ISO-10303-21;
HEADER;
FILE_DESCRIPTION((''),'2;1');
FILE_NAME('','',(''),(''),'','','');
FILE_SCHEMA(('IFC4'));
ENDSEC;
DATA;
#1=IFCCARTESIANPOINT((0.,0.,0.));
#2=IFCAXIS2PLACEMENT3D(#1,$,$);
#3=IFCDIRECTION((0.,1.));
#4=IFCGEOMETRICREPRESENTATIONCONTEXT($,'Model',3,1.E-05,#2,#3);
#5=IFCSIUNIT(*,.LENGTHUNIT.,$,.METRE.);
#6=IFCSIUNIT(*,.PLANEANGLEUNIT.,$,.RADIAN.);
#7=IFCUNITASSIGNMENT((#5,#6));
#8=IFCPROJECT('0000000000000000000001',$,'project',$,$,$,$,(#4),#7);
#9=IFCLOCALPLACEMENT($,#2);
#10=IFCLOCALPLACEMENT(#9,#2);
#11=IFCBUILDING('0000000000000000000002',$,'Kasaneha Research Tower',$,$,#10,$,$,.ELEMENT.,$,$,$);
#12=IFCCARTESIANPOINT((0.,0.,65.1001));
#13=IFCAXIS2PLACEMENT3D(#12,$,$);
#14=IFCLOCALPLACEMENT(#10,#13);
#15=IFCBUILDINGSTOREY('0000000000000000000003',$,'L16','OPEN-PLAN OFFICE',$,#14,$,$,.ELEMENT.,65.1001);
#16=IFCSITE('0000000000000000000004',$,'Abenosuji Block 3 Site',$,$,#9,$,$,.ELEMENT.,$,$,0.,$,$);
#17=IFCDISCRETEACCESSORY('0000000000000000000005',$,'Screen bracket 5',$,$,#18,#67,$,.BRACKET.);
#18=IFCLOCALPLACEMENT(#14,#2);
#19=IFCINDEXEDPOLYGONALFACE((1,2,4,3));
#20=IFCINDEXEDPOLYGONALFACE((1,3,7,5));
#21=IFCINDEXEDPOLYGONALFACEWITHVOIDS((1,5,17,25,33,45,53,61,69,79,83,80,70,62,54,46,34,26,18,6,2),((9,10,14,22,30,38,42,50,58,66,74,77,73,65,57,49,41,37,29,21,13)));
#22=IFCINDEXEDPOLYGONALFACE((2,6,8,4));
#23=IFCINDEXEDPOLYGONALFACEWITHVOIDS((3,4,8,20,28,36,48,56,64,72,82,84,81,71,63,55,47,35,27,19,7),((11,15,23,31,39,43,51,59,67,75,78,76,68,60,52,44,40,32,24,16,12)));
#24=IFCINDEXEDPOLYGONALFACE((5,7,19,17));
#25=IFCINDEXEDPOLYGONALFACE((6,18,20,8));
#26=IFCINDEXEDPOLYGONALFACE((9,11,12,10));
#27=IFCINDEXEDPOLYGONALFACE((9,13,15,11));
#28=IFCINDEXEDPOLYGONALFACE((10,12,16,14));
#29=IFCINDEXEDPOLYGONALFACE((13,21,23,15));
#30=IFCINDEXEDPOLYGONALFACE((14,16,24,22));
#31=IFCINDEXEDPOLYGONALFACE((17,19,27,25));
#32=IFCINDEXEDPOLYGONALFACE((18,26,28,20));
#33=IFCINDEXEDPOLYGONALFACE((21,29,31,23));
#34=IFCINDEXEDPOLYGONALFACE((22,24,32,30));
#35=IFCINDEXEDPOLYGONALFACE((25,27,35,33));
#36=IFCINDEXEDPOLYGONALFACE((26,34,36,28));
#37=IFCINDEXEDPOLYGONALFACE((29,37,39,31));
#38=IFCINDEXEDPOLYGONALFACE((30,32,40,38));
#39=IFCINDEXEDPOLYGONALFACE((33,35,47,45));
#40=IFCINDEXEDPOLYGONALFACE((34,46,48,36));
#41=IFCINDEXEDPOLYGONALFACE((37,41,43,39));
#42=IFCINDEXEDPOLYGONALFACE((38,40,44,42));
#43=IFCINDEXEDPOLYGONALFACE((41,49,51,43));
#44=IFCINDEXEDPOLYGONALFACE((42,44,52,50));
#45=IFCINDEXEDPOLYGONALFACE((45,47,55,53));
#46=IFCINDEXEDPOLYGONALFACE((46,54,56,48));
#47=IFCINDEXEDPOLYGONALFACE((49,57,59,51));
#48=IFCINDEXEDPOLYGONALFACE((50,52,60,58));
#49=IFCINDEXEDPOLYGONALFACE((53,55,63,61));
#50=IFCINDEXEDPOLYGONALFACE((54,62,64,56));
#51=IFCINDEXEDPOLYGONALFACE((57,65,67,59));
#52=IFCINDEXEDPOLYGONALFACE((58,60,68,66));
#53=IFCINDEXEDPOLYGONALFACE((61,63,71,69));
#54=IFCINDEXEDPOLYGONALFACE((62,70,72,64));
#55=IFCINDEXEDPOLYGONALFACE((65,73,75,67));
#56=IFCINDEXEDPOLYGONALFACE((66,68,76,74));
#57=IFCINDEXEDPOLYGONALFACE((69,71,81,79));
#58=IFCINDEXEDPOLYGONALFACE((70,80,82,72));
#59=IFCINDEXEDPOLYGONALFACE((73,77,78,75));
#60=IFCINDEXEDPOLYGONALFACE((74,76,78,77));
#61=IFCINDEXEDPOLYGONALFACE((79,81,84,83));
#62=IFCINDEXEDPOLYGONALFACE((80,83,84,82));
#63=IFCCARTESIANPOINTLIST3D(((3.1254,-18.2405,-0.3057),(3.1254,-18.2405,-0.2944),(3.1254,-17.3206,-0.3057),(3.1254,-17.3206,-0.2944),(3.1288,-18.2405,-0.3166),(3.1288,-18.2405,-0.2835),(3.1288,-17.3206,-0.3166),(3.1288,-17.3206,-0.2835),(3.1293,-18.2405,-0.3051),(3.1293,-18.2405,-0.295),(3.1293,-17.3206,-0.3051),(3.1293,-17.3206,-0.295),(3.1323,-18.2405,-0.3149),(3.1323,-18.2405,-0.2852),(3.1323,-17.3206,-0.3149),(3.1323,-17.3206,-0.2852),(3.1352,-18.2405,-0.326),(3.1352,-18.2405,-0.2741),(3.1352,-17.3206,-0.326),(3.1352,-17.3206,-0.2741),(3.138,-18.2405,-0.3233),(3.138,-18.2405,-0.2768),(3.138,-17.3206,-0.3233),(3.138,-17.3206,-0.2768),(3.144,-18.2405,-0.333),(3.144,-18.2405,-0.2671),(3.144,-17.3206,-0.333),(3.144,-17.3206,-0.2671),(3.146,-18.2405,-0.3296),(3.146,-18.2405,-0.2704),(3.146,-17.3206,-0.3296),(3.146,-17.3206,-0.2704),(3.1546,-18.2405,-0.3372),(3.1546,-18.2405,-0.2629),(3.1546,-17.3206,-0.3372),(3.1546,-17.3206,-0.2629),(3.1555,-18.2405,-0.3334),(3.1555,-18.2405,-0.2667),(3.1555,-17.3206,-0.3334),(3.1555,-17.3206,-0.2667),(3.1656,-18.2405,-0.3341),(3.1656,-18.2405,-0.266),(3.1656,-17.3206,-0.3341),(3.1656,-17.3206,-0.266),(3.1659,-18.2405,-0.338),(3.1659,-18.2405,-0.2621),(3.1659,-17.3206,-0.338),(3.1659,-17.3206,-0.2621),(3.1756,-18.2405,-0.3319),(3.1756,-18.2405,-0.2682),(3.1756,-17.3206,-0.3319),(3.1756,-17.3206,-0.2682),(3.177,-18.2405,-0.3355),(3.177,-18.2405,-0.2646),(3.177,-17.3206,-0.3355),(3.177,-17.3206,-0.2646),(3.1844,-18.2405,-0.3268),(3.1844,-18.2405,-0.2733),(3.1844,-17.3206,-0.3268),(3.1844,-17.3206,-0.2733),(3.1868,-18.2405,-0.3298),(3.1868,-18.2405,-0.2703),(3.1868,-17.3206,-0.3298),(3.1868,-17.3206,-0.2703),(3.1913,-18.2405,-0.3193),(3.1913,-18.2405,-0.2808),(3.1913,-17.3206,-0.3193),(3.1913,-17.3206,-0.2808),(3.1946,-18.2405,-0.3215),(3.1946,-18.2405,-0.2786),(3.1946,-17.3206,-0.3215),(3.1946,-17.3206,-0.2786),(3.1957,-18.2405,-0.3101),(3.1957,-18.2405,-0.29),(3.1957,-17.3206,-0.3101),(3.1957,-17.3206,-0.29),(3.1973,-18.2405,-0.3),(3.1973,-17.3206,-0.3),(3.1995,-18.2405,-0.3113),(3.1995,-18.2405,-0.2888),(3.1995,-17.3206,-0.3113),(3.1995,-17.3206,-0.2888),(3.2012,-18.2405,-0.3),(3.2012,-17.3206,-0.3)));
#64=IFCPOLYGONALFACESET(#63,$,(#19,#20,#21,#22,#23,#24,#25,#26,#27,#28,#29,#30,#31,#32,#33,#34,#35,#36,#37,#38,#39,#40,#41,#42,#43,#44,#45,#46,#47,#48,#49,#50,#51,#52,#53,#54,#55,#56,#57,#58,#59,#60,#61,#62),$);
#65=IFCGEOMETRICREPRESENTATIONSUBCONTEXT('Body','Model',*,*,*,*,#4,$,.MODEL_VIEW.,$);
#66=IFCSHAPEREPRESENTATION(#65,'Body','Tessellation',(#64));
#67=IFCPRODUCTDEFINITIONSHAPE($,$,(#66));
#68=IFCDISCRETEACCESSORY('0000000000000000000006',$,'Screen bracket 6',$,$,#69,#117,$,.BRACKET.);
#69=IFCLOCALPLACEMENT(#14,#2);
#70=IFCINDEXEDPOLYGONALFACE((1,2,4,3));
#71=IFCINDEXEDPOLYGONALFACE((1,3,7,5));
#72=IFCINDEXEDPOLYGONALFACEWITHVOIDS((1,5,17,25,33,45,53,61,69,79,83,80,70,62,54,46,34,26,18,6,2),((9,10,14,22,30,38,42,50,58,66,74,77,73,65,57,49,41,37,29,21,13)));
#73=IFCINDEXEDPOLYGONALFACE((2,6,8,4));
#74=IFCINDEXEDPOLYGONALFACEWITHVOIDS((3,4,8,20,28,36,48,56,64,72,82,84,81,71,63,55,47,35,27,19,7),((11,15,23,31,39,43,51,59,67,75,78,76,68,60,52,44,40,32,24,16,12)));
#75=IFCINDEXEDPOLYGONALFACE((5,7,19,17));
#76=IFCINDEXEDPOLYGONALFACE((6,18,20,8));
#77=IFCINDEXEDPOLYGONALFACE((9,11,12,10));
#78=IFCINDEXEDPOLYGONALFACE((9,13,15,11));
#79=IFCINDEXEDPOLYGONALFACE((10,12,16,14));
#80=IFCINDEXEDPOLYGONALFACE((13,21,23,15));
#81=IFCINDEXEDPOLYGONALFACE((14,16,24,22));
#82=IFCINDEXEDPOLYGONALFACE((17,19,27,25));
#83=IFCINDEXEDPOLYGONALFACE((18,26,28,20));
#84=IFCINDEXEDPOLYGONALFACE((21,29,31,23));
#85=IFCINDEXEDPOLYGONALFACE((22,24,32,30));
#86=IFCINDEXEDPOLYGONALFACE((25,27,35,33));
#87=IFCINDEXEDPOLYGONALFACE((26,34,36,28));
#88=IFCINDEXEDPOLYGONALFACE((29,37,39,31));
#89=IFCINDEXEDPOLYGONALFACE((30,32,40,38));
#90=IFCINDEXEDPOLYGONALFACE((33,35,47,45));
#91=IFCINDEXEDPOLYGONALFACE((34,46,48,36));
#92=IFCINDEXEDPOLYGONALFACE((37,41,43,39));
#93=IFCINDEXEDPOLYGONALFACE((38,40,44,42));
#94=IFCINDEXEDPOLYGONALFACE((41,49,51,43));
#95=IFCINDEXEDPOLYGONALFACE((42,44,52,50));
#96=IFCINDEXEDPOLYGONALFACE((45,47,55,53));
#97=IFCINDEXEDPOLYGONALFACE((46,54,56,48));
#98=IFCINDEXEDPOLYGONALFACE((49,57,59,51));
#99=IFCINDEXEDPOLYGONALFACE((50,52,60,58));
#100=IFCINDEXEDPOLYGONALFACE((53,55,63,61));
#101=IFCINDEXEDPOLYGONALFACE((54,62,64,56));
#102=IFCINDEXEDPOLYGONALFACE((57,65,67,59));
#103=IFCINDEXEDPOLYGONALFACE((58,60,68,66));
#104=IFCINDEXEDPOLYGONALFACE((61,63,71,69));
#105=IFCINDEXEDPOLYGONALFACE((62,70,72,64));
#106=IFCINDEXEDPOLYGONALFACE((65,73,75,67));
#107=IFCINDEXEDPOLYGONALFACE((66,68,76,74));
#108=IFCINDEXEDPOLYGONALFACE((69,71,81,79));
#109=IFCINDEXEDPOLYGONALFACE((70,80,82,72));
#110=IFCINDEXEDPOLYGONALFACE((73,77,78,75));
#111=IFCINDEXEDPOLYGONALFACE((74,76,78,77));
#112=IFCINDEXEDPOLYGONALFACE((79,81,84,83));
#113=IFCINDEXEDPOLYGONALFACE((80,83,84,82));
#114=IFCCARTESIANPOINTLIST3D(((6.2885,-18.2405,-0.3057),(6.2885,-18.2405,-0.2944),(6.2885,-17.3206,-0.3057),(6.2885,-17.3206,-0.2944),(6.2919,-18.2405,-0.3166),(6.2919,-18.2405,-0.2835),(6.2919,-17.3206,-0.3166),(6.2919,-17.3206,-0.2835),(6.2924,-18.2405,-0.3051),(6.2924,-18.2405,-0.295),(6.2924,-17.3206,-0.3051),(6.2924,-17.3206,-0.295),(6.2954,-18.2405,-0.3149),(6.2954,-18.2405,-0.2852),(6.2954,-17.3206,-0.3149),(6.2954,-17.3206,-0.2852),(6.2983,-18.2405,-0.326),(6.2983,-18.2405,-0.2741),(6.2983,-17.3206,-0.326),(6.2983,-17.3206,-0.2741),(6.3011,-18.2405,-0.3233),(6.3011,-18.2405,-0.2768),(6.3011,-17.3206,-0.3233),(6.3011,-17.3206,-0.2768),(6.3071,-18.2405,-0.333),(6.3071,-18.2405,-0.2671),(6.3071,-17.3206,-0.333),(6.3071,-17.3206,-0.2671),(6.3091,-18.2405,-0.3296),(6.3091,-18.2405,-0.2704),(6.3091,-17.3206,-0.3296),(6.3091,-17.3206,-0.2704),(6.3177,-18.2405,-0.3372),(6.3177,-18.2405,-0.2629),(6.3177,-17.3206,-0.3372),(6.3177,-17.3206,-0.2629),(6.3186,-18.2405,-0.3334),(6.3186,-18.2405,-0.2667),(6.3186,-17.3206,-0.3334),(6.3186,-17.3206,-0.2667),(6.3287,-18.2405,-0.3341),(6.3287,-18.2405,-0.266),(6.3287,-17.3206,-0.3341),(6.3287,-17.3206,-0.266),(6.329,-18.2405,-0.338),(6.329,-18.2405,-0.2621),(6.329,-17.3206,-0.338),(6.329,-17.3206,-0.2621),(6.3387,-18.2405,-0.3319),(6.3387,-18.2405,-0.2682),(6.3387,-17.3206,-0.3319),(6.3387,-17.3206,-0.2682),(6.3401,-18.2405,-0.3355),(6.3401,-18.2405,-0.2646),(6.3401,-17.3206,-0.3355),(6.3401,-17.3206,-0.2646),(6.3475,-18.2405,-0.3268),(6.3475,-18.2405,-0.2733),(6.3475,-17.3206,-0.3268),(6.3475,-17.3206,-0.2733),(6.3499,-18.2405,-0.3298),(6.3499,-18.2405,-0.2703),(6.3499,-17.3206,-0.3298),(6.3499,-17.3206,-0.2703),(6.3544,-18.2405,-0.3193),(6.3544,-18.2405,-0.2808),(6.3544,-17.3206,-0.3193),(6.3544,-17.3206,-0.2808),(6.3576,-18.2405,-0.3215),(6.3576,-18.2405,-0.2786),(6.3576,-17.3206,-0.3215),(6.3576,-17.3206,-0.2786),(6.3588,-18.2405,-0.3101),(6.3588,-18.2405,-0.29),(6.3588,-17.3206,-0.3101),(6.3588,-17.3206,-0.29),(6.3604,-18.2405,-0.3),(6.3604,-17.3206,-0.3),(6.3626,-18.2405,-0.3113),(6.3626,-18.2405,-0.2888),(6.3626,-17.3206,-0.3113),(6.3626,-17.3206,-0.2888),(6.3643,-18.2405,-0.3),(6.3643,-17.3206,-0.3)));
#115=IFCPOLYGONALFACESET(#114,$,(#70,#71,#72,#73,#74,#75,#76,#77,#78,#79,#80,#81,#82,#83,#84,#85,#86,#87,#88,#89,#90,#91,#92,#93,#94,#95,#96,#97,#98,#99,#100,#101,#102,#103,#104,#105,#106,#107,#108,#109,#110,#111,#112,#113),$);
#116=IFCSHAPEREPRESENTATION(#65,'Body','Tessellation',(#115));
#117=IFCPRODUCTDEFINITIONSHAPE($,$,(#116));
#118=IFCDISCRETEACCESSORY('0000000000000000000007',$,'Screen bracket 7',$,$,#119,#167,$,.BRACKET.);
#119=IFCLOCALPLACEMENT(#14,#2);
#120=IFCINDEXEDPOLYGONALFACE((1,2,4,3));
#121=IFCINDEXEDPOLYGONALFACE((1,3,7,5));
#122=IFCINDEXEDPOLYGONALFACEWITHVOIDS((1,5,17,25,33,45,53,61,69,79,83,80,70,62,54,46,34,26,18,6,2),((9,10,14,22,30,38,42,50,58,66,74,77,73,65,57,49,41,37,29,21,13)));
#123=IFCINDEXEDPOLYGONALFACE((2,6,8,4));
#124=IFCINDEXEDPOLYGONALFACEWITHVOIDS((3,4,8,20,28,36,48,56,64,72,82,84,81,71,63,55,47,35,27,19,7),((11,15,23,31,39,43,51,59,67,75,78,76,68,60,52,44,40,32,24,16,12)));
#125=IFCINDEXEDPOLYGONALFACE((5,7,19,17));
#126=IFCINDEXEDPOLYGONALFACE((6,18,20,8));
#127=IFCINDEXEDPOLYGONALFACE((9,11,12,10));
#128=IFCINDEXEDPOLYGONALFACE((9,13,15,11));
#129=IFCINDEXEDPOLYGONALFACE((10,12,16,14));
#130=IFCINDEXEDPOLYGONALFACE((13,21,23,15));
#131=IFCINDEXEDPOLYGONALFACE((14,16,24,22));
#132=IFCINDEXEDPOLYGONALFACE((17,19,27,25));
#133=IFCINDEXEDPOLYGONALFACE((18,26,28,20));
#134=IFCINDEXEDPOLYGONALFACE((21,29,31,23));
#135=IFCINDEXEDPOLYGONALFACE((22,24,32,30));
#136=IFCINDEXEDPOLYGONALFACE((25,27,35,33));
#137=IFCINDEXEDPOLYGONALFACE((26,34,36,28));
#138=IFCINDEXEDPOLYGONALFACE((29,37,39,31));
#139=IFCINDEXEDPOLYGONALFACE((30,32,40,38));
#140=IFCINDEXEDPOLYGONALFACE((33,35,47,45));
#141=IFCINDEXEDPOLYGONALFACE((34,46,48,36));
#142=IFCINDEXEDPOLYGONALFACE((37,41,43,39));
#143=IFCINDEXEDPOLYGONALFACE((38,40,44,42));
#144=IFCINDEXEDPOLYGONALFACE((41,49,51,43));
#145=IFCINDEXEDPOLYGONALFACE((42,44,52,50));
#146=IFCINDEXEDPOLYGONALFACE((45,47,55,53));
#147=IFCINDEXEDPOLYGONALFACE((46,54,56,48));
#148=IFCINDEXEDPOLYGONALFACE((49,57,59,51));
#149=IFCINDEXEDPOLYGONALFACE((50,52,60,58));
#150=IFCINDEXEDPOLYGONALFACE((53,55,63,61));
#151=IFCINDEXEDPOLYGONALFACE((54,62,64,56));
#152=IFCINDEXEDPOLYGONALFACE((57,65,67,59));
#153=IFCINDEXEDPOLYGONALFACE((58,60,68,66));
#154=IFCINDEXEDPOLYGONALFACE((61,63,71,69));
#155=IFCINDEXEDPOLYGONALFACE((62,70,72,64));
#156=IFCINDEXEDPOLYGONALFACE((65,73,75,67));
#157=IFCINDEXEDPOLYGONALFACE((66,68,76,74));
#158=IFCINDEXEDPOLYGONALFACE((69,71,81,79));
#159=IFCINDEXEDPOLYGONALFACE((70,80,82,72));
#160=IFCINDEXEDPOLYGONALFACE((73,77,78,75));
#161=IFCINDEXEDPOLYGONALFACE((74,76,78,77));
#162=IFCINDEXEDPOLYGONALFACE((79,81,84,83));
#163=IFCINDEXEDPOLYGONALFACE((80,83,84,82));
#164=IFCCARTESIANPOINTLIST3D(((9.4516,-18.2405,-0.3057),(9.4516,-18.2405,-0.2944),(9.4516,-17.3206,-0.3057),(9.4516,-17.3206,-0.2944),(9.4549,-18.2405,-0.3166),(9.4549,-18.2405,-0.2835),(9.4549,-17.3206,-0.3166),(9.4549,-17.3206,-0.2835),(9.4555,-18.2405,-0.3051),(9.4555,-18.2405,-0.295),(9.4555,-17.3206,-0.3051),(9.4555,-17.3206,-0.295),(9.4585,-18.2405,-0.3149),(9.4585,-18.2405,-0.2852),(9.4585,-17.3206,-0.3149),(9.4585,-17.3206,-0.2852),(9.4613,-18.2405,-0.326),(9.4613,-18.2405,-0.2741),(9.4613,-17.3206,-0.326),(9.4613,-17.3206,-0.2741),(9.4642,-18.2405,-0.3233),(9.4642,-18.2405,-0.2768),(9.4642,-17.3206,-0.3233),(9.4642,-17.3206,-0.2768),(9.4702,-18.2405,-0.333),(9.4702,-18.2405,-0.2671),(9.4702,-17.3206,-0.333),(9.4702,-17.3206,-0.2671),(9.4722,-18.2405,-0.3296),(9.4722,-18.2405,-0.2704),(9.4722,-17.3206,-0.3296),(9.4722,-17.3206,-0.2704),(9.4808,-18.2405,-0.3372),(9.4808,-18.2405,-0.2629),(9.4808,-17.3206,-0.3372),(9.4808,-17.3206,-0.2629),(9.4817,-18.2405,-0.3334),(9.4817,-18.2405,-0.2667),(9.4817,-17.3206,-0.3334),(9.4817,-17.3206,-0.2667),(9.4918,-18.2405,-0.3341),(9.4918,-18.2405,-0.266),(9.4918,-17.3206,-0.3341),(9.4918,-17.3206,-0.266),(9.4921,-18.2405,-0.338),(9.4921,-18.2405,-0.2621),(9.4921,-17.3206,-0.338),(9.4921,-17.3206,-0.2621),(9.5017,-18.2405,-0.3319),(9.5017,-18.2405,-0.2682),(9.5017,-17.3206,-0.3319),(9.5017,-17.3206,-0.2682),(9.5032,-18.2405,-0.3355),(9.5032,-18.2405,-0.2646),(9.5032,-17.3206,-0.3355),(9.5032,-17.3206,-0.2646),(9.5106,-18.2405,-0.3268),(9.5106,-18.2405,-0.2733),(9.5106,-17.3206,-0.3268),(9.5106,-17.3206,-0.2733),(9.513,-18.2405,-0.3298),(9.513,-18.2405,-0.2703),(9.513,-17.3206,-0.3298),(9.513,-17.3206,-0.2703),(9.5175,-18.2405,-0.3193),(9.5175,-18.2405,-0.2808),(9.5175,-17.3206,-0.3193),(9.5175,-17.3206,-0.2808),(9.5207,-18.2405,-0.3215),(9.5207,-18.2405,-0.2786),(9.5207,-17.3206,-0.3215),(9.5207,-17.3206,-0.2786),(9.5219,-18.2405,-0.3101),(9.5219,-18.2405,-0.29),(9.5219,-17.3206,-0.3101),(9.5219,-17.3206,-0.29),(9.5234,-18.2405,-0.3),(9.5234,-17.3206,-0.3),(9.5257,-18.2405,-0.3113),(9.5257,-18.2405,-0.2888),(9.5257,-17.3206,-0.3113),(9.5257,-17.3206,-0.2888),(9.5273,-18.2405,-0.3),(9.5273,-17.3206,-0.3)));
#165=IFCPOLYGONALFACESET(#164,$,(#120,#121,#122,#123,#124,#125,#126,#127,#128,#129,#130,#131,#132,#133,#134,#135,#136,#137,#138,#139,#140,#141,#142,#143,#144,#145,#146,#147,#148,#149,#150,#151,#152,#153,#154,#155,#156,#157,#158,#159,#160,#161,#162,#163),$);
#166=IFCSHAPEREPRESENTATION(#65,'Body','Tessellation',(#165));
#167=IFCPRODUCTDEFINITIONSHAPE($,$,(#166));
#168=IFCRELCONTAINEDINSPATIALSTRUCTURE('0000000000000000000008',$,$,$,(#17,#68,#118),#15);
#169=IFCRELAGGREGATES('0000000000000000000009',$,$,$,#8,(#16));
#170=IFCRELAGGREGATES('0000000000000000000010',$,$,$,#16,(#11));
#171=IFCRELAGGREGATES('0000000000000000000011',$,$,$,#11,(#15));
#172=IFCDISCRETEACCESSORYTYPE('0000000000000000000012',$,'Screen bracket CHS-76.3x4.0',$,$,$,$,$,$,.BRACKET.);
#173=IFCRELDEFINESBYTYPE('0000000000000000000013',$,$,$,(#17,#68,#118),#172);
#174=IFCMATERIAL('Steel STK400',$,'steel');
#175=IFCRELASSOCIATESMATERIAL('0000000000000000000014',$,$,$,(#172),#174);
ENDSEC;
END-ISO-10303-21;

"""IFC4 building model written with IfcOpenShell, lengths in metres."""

from ifc_helpers import new_model, si_unit, direction, frame, origin, origin_2d, place, context, subcontext, project, spatial, hollow_circle, extrude, material, material_profile, profile_set, type_object, element, save


model = new_model("IFC4")

# Units and contexts
model_context = context("Model", 3, precision=1e-05, world=origin(), true_north=direction((0.0, 1.0)))
body_context = subcontext(model_context, "Body", "Model", "MODEL_VIEW")
ifc_project = project(units=[si_unit("LENGTHUNIT", "METRE"), si_unit("PLANEANGLEUNIT", "RADIAN")], contexts=[model_context])

# Site, building, storey
site_placement = place(None, origin())
site = spatial("IfcSite", under=ifc_project, at=site_placement, Name="Abenosuji Block 3 Site", CompositionType="ELEMENT", RefElevation=0.0)
building_placement = place(site_placement, origin())
building = spatial("IfcBuilding", under=site, at=building_placement, Name="Kasaneha Research Tower", CompositionType="ELEMENT")
storey_placement = place(building_placement, frame((0.0, 0.0, 65.1001)))
storey = spatial("IfcBuildingStorey", under=building, at=storey_placement, Name="L16", Description="OPEN-PLAN OFFICE", CompositionType="ELEMENT", Elevation=65.1001)

# Discrete accessories
ifc_material_1 = material(Name="Steel STK400", Category="steel")
ifc_material_profile_1 = material_profile(ifc_material_1, hollow_circle(Radius=0.0381, WallThickness=0.0039, at=origin_2d()), Name="CHS-76.3x4.0")
ifc_profile_set_1 = profile_set([ifc_material_profile_1], Name="Steel STK400")
discrete_accessory_type = type_object("IfcDiscreteAccessoryType", Name="Screen bracket CHS-76.3x4.0", PredefinedType="BRACKET", material=ifc_profile_set_1)
for number, where, z_axis, x_axis, name in (
    (1, (3.1631, -17.3206, -0.3), (0.0, -1.0, 0.0), (1.0, 0.0, 0.0), "Screen bracket 5"),
    (2, (6.3262, -17.3206, -0.3), (0.0, -1.0, 0.0), (1.0, 0.0, 0.0), "Screen bracket 6"),
    (3, (9.4893, -17.3206, -0.3), (0.0, -1.0, 0.0), (1.0, 0.0, 0.0), "Screen bracket 7"),
):
    element("IfcDiscreteAccessory", number, at=place(storey_placement, frame(where, z_axis=z_axis, x_axis=x_axis)), inside=storey, type_object=discrete_accessory_type, Name=name, PredefinedType="BRACKET", context=body_context, shape_type="SweptSolid", body=[
        extrude(hollow_circle(Radius=0.0381, WallThickness=0.0039, at=origin_2d()), origin(), (0.0, 0.0, 1.0), 0.9199),
    ])

save(model, "model.ifc")
